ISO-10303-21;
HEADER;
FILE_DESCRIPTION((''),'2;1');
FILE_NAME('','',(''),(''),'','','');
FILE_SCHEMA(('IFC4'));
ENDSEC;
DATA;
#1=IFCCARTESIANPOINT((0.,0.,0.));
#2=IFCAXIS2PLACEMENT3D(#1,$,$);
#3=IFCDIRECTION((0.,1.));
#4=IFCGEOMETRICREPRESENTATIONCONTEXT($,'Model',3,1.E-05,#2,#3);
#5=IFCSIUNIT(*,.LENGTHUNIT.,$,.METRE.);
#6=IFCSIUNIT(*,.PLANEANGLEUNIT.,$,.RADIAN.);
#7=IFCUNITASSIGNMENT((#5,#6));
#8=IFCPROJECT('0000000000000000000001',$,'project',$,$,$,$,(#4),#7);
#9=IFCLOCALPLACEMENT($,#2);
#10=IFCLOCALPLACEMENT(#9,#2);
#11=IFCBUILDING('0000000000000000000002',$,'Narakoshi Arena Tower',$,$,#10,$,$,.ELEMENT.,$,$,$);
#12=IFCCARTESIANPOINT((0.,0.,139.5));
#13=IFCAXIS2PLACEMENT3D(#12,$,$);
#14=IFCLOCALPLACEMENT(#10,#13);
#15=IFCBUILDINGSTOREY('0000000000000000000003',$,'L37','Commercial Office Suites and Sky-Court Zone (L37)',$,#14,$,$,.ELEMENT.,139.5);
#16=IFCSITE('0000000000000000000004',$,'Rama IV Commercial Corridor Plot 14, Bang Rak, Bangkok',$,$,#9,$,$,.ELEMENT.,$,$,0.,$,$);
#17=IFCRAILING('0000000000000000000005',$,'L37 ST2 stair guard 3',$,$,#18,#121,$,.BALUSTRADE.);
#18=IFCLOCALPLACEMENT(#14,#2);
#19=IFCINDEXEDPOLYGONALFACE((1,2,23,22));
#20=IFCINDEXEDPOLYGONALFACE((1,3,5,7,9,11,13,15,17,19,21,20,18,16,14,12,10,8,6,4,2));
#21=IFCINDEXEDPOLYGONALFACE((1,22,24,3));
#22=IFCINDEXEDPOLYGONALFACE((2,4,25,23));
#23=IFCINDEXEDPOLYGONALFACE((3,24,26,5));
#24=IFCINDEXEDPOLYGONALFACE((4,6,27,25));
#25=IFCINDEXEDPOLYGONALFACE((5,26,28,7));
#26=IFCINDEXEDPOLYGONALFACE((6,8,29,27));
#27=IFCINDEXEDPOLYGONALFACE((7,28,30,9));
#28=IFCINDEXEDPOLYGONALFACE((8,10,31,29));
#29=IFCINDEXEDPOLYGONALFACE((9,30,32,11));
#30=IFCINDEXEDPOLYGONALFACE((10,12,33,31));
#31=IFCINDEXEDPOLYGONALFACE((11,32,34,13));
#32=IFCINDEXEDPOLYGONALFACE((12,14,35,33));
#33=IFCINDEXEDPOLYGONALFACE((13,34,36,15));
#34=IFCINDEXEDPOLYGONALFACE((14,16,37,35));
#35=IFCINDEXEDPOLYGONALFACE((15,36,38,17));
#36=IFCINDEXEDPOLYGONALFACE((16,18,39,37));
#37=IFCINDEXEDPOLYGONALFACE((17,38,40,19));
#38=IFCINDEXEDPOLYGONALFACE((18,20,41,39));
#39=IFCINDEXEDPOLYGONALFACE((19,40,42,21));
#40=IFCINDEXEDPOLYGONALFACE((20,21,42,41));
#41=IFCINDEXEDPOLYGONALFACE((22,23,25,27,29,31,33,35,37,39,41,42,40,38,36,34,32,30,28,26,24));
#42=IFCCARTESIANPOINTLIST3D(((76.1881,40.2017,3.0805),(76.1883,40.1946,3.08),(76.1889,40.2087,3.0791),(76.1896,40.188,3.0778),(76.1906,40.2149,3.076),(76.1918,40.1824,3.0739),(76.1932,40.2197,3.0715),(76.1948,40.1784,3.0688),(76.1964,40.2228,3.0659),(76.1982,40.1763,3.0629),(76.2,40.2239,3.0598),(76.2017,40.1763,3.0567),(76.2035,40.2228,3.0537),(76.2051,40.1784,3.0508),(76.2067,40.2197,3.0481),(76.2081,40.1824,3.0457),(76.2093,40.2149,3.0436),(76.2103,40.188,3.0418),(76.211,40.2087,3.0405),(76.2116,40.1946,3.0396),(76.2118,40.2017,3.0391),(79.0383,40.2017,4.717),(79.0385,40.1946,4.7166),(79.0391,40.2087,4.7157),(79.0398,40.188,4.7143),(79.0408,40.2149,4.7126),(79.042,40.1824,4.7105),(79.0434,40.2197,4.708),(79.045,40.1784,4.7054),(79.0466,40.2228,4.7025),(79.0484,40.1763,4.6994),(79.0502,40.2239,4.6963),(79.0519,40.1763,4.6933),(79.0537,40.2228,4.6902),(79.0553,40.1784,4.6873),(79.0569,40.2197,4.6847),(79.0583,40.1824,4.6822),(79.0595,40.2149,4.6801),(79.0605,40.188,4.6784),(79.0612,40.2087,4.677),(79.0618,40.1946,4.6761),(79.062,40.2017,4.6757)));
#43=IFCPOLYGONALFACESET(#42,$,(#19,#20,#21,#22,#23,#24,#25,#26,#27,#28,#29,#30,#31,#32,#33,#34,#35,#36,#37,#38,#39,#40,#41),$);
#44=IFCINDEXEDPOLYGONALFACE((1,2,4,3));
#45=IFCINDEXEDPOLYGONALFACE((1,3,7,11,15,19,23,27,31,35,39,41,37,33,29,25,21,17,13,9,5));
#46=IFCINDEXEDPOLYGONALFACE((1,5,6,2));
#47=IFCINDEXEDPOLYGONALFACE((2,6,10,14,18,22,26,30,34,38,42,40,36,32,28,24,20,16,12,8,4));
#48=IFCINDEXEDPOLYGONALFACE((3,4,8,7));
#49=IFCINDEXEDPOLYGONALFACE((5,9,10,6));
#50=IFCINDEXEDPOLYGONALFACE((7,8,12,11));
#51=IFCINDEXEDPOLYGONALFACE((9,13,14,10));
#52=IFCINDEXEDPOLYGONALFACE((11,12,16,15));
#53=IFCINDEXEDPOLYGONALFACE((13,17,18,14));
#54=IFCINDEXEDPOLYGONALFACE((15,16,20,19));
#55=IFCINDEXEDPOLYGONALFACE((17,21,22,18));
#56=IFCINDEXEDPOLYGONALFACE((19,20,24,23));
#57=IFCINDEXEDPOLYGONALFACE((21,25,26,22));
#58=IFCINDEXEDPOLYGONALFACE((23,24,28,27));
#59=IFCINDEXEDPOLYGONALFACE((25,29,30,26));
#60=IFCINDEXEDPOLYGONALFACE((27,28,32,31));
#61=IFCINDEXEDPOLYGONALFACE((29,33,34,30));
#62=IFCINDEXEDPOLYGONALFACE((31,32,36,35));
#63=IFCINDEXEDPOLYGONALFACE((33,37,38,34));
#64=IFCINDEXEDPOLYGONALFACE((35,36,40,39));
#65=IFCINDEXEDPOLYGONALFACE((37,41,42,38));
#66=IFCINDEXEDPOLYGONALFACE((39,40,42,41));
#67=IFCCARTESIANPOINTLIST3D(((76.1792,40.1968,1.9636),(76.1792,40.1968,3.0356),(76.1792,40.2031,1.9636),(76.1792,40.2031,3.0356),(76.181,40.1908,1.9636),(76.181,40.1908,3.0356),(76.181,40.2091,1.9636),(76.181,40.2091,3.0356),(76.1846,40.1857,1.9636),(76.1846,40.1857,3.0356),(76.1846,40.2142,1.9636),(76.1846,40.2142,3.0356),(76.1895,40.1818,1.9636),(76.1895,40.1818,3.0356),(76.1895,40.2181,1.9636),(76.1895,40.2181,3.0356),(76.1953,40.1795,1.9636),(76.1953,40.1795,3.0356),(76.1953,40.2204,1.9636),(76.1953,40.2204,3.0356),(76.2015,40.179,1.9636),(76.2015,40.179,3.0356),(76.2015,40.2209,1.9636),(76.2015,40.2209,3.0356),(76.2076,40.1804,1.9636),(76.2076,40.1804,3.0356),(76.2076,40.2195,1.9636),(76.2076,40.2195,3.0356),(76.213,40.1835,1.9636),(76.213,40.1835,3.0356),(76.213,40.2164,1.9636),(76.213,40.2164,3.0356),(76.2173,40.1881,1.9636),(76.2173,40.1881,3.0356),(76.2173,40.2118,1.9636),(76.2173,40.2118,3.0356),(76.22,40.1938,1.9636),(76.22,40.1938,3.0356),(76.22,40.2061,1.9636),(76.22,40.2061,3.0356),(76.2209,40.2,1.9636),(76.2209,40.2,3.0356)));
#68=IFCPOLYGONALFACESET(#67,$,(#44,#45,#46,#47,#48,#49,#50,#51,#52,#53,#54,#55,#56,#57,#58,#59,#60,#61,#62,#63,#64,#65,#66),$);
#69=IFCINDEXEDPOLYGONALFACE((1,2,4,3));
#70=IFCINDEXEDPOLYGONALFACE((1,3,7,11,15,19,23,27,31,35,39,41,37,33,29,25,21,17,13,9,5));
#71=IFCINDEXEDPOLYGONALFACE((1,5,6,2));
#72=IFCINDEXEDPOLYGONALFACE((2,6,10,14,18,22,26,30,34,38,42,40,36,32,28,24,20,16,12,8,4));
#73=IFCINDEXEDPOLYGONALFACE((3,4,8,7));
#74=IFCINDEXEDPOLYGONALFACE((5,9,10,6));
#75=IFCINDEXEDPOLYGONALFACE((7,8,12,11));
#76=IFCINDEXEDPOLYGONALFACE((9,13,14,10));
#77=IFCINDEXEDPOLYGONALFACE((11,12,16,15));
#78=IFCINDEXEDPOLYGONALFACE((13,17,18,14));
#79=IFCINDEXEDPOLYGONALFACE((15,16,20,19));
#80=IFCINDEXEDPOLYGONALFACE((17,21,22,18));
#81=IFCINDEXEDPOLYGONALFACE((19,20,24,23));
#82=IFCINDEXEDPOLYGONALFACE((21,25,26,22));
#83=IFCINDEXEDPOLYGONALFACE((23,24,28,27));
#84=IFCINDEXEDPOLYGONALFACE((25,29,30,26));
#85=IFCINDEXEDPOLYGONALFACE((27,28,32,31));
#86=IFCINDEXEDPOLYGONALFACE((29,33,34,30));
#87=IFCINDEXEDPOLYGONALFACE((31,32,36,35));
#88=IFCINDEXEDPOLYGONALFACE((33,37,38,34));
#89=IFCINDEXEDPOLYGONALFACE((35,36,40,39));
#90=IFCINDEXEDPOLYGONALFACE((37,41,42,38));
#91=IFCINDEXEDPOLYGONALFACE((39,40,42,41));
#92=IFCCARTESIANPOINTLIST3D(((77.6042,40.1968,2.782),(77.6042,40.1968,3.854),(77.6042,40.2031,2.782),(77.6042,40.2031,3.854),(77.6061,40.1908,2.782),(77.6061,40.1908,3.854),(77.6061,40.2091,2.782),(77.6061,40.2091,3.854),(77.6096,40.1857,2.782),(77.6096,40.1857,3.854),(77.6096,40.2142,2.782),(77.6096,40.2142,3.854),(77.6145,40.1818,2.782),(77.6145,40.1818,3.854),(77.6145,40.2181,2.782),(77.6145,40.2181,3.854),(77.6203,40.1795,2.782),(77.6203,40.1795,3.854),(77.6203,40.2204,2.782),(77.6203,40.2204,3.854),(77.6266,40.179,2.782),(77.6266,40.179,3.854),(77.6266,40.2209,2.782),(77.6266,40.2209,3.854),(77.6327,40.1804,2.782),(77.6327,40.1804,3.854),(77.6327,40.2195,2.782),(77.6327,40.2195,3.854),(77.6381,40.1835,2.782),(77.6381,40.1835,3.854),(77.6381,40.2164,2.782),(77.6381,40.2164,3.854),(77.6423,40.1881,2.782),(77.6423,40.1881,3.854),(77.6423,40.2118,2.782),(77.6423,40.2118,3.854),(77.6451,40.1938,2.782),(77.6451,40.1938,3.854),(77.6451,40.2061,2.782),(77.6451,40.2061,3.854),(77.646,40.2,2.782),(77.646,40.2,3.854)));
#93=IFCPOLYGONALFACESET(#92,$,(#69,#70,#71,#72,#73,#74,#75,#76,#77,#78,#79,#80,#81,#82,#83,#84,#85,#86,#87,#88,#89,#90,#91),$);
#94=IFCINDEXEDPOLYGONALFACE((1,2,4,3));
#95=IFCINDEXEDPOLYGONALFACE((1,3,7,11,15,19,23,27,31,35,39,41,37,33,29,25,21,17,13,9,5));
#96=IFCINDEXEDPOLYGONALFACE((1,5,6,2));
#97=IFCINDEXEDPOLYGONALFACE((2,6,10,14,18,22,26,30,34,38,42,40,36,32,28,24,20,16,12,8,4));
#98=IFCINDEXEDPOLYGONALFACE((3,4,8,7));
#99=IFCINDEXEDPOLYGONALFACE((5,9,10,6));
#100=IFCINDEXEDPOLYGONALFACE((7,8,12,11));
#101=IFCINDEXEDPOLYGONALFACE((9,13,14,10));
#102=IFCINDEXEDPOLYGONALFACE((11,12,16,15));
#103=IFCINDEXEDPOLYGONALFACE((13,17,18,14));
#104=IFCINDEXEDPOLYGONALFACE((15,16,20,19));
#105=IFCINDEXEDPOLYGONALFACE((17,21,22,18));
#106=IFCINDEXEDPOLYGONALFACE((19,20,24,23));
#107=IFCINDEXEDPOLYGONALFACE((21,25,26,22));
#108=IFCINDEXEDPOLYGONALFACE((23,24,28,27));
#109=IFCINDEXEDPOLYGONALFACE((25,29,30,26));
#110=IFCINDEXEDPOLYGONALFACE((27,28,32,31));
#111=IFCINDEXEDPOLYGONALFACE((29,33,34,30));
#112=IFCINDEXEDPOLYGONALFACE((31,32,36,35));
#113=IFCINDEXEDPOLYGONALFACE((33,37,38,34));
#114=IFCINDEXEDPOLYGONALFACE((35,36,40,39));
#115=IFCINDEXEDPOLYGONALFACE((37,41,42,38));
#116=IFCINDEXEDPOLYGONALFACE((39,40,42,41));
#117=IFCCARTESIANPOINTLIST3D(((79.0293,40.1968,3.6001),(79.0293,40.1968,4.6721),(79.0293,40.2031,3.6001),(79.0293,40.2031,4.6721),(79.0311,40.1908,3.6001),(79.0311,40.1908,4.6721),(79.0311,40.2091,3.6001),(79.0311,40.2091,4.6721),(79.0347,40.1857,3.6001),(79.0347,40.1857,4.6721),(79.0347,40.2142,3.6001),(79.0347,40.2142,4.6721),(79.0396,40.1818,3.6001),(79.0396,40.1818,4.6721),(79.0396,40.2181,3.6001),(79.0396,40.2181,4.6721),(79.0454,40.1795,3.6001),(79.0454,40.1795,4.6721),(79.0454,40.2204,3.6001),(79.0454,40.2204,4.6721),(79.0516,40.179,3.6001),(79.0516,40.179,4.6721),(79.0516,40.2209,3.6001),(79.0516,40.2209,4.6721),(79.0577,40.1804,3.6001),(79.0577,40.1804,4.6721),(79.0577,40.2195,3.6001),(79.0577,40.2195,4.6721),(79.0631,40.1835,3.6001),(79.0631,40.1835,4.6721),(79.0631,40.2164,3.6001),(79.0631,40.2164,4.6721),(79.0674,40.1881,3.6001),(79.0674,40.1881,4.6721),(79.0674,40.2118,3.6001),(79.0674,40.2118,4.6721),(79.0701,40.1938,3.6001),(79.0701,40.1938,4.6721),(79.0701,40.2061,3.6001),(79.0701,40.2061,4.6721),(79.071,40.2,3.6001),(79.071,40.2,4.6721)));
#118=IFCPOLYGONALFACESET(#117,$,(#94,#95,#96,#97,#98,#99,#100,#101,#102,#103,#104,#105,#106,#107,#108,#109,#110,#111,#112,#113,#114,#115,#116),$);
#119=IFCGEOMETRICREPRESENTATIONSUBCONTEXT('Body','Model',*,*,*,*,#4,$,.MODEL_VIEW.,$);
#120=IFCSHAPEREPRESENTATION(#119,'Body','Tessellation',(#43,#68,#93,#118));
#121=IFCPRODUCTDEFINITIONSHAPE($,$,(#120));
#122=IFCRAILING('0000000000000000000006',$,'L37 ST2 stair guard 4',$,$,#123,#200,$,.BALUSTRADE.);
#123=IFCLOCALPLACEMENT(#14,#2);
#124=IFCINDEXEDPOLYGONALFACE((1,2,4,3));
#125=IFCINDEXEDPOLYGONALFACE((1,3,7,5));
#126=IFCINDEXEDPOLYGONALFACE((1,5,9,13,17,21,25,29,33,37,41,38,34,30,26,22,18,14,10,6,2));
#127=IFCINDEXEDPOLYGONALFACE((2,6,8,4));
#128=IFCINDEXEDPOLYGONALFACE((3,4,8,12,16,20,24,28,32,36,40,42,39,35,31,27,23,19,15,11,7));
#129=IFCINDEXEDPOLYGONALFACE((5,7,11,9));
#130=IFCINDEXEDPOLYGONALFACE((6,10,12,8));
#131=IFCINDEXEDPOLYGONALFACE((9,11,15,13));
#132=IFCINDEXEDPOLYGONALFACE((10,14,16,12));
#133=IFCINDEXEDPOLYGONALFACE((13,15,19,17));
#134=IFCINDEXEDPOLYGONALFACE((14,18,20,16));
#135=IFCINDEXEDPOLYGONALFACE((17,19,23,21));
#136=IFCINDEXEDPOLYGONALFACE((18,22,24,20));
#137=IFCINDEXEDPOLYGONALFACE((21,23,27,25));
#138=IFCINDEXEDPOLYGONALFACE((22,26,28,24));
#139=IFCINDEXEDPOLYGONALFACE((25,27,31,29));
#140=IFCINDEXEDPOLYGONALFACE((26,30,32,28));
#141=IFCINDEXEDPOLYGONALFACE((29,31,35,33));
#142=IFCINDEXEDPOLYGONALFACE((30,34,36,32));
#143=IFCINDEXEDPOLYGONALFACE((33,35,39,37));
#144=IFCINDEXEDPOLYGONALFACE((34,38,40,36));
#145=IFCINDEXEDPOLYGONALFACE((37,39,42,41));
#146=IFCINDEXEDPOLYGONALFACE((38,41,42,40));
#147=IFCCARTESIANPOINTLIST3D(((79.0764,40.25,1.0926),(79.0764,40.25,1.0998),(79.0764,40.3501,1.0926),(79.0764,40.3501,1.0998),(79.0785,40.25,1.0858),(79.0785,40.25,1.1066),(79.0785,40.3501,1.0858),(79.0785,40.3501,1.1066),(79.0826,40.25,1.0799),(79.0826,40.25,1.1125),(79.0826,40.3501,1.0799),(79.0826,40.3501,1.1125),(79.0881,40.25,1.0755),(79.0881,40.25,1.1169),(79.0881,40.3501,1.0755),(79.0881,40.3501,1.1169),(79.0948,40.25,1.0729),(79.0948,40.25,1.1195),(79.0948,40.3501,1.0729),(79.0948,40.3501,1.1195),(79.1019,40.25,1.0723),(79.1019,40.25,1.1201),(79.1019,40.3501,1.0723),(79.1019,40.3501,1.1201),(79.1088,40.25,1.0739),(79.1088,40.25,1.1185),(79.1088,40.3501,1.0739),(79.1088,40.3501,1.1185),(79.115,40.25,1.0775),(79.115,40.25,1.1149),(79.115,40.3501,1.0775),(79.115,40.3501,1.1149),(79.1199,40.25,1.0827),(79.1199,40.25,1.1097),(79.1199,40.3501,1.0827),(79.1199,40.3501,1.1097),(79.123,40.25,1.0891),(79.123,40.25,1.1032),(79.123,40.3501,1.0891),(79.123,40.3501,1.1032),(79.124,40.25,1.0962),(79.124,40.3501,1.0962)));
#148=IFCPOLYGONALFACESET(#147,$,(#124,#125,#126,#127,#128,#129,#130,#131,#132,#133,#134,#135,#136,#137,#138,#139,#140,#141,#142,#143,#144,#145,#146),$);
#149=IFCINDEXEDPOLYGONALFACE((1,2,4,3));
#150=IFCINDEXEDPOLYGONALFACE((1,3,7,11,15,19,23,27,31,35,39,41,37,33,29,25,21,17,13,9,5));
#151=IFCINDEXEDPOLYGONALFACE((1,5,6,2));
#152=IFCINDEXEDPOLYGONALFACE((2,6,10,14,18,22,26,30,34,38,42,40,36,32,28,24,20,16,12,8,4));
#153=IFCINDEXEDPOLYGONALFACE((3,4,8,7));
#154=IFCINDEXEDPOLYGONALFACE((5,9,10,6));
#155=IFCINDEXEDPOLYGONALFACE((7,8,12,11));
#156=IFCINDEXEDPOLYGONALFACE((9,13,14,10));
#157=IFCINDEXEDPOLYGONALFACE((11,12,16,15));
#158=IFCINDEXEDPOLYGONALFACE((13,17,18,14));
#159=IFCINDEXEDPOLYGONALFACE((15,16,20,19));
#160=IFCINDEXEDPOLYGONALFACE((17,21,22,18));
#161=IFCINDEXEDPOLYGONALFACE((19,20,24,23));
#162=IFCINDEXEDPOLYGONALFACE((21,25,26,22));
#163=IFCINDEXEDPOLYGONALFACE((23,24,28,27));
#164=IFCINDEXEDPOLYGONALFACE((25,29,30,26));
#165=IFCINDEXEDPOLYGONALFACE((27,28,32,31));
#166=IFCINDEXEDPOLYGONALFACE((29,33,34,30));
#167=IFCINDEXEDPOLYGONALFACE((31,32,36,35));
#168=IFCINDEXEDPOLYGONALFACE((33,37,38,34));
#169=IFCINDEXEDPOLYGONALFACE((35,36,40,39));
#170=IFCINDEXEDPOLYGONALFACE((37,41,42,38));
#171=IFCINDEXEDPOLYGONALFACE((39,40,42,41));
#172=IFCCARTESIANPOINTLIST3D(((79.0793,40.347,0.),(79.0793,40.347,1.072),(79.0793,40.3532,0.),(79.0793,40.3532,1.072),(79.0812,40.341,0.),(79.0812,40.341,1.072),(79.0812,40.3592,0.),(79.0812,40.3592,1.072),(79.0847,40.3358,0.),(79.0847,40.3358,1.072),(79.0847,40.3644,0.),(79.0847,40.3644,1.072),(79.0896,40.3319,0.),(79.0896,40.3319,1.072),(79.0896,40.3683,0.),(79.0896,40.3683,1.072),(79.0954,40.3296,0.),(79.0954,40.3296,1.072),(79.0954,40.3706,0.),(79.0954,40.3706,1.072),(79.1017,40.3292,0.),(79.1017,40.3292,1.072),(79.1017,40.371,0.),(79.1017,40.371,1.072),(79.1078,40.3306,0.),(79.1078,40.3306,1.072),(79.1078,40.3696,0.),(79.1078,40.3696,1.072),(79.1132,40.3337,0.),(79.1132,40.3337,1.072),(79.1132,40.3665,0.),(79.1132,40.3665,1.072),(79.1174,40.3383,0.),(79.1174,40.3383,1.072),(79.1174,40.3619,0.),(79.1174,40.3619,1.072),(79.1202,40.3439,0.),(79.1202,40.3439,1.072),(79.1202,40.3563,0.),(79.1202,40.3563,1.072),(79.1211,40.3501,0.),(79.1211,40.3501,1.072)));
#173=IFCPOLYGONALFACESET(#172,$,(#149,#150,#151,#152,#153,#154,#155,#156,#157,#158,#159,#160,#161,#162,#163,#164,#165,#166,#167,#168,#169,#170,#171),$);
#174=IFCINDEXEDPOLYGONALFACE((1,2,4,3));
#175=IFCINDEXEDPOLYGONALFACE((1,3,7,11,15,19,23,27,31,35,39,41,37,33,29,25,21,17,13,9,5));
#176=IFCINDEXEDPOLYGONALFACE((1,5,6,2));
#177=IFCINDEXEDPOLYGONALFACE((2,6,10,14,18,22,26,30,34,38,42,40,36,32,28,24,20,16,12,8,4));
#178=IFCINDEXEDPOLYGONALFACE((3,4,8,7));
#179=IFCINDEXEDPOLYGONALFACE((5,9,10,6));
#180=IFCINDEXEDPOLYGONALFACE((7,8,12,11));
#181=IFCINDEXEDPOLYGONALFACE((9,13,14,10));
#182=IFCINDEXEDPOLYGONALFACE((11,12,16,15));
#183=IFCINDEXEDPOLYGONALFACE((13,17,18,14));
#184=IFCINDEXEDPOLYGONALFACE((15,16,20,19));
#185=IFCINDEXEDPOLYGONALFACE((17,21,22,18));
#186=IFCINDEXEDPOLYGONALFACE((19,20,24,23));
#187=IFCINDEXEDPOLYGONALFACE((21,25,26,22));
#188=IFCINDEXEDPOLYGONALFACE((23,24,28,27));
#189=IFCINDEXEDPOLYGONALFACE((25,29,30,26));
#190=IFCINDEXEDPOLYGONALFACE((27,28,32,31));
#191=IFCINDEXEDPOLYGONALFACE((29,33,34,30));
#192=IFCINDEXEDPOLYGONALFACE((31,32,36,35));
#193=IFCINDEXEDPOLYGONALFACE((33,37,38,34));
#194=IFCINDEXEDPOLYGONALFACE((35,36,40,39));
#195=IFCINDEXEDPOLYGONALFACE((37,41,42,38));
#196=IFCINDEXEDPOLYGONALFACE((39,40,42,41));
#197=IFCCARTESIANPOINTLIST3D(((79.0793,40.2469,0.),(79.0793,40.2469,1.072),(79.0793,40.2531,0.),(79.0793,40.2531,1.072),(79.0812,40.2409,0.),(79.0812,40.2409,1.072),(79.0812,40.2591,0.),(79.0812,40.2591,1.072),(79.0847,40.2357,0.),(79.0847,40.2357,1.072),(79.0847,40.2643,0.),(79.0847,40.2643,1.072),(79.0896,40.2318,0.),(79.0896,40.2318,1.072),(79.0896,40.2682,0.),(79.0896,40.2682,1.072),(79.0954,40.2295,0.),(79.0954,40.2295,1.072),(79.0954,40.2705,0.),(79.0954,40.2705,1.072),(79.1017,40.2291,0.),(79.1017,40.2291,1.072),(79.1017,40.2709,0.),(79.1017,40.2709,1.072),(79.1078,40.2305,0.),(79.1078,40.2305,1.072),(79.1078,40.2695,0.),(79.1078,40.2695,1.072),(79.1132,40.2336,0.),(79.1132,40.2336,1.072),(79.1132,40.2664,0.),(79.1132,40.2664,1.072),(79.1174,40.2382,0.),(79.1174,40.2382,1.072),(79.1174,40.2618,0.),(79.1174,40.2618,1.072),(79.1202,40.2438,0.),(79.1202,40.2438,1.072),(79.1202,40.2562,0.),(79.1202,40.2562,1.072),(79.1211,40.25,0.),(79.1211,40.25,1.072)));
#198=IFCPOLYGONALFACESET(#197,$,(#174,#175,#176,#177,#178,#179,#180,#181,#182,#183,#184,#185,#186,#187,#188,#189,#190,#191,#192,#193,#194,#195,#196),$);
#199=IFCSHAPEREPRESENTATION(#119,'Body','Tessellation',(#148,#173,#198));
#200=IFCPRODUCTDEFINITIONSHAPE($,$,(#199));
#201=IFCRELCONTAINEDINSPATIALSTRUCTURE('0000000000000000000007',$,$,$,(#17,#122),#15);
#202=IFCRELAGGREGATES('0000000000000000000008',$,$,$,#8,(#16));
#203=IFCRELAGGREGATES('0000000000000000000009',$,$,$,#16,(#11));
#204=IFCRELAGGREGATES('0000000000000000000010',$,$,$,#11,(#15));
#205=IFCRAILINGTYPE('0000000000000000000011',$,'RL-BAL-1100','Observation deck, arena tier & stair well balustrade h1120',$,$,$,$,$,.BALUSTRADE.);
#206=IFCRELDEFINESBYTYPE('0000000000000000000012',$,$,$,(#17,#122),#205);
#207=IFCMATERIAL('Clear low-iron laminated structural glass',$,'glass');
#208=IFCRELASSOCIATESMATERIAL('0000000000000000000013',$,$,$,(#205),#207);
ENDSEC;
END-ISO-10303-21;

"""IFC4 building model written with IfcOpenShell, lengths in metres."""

from ifc_helpers import new_model, si_unit, direction, frame, origin, origin_2d, place, context, subcontext, project, spatial, circle, extrude, material, type_object, element, save


model = new_model("IFC4")

# Units and contexts
model_context = context("Model", 3, precision=1e-05, world=origin(), true_north=direction((0.0, 1.0)))
body_context = subcontext(model_context, "Body", "Model", "MODEL_VIEW")
ifc_project = project(units=[si_unit("LENGTHUNIT", "METRE"), si_unit("PLANEANGLEUNIT", "RADIAN")], contexts=[model_context])

# Site, building, storey
site_placement = place(None, origin())
site = spatial("IfcSite", under=ifc_project, at=site_placement, Name="Rama IV Commercial Corridor Plot 14, Bang Rak, Bangkok", CompositionType="ELEMENT", RefElevation=0.0)
building_placement = place(site_placement, origin())
building = spatial("IfcBuilding", under=site, at=building_placement, Name="Narakoshi Arena Tower", CompositionType="ELEMENT")
storey_placement = place(building_placement, frame((0.0, 0.0, 139.5)))
storey = spatial("IfcBuildingStorey", under=building, at=storey_placement, Name="L37", Description="Commercial Office Suites and Sky-Court Zone (L37)", CompositionType="ELEMENT", Elevation=139.5)

# Railings
ifc_material_1 = material(Name="Clear low-iron laminated structural glass", Category="glass")
railing_type_1 = type_object("IfcRailingType", Name="RL-BAL-1100", Description="Observation deck, arena tier & stair well balustrade h1120", PredefinedType="BALUSTRADE", material=ifc_material_1)
railing_1_placement = place(storey_placement, frame((76.2, 40.2, 1.9636)))
element("IfcRailing", 1, at=railing_1_placement, inside=storey, type_object=railing_type_1, Name="L37 ST2 stair guard 3", PredefinedType="BALUSTRADE", context=body_context, shape_type="SweptSolid", body=[
    extrude(circle(Radius=0.0239, at=origin_2d()), frame((0.0, 0.0, 1.0962), z_axis=(0.867213, 0.0, 0.497938), x_axis=(0.0, 1.0, 0.0)), (0.0, 0.0, 1.0), 3.2866),
    extrude(circle(Radius=0.021, at=origin_2d()), origin(), (0.0, 0.0, 1.0), 1.072),
    extrude(circle(Radius=0.021, at=origin_2d()), frame((1.425, 0.0, 0.8184)), (0.0, 0.0, 1.0), 1.072),
    extrude(circle(Radius=0.021, at=origin_2d()), frame((2.8501, 0.0, 1.6365)), (0.0, 0.0, 1.0), 1.072),
])
railing_2_placement = place(storey_placement, frame((79.1001, 40.3501, 0.0)))
element("IfcRailing", 2, at=railing_2_placement, inside=storey, type_object=railing_type_1, Name="L37 ST2 stair guard 4", PredefinedType="BALUSTRADE", context=body_context, shape_type="SweptSolid", body=[
    extrude(circle(Radius=0.0239, at=origin_2d()), frame((0.0, 0.0, 1.0962), z_axis=(0.0, -1.0, 0.0), x_axis=(1.0, 0.0, 0.0)), (0.0, 0.0, 1.0), 0.1001),
    extrude(circle(Radius=0.021, at=origin_2d()), origin(), (0.0, 0.0, 1.0), 1.072),
    extrude(circle(Radius=0.021, at=origin_2d()), frame((0.0, -0.1001, 0.0)), (0.0, 0.0, 1.0), 1.072),
])

save(model, "model.ifc")
